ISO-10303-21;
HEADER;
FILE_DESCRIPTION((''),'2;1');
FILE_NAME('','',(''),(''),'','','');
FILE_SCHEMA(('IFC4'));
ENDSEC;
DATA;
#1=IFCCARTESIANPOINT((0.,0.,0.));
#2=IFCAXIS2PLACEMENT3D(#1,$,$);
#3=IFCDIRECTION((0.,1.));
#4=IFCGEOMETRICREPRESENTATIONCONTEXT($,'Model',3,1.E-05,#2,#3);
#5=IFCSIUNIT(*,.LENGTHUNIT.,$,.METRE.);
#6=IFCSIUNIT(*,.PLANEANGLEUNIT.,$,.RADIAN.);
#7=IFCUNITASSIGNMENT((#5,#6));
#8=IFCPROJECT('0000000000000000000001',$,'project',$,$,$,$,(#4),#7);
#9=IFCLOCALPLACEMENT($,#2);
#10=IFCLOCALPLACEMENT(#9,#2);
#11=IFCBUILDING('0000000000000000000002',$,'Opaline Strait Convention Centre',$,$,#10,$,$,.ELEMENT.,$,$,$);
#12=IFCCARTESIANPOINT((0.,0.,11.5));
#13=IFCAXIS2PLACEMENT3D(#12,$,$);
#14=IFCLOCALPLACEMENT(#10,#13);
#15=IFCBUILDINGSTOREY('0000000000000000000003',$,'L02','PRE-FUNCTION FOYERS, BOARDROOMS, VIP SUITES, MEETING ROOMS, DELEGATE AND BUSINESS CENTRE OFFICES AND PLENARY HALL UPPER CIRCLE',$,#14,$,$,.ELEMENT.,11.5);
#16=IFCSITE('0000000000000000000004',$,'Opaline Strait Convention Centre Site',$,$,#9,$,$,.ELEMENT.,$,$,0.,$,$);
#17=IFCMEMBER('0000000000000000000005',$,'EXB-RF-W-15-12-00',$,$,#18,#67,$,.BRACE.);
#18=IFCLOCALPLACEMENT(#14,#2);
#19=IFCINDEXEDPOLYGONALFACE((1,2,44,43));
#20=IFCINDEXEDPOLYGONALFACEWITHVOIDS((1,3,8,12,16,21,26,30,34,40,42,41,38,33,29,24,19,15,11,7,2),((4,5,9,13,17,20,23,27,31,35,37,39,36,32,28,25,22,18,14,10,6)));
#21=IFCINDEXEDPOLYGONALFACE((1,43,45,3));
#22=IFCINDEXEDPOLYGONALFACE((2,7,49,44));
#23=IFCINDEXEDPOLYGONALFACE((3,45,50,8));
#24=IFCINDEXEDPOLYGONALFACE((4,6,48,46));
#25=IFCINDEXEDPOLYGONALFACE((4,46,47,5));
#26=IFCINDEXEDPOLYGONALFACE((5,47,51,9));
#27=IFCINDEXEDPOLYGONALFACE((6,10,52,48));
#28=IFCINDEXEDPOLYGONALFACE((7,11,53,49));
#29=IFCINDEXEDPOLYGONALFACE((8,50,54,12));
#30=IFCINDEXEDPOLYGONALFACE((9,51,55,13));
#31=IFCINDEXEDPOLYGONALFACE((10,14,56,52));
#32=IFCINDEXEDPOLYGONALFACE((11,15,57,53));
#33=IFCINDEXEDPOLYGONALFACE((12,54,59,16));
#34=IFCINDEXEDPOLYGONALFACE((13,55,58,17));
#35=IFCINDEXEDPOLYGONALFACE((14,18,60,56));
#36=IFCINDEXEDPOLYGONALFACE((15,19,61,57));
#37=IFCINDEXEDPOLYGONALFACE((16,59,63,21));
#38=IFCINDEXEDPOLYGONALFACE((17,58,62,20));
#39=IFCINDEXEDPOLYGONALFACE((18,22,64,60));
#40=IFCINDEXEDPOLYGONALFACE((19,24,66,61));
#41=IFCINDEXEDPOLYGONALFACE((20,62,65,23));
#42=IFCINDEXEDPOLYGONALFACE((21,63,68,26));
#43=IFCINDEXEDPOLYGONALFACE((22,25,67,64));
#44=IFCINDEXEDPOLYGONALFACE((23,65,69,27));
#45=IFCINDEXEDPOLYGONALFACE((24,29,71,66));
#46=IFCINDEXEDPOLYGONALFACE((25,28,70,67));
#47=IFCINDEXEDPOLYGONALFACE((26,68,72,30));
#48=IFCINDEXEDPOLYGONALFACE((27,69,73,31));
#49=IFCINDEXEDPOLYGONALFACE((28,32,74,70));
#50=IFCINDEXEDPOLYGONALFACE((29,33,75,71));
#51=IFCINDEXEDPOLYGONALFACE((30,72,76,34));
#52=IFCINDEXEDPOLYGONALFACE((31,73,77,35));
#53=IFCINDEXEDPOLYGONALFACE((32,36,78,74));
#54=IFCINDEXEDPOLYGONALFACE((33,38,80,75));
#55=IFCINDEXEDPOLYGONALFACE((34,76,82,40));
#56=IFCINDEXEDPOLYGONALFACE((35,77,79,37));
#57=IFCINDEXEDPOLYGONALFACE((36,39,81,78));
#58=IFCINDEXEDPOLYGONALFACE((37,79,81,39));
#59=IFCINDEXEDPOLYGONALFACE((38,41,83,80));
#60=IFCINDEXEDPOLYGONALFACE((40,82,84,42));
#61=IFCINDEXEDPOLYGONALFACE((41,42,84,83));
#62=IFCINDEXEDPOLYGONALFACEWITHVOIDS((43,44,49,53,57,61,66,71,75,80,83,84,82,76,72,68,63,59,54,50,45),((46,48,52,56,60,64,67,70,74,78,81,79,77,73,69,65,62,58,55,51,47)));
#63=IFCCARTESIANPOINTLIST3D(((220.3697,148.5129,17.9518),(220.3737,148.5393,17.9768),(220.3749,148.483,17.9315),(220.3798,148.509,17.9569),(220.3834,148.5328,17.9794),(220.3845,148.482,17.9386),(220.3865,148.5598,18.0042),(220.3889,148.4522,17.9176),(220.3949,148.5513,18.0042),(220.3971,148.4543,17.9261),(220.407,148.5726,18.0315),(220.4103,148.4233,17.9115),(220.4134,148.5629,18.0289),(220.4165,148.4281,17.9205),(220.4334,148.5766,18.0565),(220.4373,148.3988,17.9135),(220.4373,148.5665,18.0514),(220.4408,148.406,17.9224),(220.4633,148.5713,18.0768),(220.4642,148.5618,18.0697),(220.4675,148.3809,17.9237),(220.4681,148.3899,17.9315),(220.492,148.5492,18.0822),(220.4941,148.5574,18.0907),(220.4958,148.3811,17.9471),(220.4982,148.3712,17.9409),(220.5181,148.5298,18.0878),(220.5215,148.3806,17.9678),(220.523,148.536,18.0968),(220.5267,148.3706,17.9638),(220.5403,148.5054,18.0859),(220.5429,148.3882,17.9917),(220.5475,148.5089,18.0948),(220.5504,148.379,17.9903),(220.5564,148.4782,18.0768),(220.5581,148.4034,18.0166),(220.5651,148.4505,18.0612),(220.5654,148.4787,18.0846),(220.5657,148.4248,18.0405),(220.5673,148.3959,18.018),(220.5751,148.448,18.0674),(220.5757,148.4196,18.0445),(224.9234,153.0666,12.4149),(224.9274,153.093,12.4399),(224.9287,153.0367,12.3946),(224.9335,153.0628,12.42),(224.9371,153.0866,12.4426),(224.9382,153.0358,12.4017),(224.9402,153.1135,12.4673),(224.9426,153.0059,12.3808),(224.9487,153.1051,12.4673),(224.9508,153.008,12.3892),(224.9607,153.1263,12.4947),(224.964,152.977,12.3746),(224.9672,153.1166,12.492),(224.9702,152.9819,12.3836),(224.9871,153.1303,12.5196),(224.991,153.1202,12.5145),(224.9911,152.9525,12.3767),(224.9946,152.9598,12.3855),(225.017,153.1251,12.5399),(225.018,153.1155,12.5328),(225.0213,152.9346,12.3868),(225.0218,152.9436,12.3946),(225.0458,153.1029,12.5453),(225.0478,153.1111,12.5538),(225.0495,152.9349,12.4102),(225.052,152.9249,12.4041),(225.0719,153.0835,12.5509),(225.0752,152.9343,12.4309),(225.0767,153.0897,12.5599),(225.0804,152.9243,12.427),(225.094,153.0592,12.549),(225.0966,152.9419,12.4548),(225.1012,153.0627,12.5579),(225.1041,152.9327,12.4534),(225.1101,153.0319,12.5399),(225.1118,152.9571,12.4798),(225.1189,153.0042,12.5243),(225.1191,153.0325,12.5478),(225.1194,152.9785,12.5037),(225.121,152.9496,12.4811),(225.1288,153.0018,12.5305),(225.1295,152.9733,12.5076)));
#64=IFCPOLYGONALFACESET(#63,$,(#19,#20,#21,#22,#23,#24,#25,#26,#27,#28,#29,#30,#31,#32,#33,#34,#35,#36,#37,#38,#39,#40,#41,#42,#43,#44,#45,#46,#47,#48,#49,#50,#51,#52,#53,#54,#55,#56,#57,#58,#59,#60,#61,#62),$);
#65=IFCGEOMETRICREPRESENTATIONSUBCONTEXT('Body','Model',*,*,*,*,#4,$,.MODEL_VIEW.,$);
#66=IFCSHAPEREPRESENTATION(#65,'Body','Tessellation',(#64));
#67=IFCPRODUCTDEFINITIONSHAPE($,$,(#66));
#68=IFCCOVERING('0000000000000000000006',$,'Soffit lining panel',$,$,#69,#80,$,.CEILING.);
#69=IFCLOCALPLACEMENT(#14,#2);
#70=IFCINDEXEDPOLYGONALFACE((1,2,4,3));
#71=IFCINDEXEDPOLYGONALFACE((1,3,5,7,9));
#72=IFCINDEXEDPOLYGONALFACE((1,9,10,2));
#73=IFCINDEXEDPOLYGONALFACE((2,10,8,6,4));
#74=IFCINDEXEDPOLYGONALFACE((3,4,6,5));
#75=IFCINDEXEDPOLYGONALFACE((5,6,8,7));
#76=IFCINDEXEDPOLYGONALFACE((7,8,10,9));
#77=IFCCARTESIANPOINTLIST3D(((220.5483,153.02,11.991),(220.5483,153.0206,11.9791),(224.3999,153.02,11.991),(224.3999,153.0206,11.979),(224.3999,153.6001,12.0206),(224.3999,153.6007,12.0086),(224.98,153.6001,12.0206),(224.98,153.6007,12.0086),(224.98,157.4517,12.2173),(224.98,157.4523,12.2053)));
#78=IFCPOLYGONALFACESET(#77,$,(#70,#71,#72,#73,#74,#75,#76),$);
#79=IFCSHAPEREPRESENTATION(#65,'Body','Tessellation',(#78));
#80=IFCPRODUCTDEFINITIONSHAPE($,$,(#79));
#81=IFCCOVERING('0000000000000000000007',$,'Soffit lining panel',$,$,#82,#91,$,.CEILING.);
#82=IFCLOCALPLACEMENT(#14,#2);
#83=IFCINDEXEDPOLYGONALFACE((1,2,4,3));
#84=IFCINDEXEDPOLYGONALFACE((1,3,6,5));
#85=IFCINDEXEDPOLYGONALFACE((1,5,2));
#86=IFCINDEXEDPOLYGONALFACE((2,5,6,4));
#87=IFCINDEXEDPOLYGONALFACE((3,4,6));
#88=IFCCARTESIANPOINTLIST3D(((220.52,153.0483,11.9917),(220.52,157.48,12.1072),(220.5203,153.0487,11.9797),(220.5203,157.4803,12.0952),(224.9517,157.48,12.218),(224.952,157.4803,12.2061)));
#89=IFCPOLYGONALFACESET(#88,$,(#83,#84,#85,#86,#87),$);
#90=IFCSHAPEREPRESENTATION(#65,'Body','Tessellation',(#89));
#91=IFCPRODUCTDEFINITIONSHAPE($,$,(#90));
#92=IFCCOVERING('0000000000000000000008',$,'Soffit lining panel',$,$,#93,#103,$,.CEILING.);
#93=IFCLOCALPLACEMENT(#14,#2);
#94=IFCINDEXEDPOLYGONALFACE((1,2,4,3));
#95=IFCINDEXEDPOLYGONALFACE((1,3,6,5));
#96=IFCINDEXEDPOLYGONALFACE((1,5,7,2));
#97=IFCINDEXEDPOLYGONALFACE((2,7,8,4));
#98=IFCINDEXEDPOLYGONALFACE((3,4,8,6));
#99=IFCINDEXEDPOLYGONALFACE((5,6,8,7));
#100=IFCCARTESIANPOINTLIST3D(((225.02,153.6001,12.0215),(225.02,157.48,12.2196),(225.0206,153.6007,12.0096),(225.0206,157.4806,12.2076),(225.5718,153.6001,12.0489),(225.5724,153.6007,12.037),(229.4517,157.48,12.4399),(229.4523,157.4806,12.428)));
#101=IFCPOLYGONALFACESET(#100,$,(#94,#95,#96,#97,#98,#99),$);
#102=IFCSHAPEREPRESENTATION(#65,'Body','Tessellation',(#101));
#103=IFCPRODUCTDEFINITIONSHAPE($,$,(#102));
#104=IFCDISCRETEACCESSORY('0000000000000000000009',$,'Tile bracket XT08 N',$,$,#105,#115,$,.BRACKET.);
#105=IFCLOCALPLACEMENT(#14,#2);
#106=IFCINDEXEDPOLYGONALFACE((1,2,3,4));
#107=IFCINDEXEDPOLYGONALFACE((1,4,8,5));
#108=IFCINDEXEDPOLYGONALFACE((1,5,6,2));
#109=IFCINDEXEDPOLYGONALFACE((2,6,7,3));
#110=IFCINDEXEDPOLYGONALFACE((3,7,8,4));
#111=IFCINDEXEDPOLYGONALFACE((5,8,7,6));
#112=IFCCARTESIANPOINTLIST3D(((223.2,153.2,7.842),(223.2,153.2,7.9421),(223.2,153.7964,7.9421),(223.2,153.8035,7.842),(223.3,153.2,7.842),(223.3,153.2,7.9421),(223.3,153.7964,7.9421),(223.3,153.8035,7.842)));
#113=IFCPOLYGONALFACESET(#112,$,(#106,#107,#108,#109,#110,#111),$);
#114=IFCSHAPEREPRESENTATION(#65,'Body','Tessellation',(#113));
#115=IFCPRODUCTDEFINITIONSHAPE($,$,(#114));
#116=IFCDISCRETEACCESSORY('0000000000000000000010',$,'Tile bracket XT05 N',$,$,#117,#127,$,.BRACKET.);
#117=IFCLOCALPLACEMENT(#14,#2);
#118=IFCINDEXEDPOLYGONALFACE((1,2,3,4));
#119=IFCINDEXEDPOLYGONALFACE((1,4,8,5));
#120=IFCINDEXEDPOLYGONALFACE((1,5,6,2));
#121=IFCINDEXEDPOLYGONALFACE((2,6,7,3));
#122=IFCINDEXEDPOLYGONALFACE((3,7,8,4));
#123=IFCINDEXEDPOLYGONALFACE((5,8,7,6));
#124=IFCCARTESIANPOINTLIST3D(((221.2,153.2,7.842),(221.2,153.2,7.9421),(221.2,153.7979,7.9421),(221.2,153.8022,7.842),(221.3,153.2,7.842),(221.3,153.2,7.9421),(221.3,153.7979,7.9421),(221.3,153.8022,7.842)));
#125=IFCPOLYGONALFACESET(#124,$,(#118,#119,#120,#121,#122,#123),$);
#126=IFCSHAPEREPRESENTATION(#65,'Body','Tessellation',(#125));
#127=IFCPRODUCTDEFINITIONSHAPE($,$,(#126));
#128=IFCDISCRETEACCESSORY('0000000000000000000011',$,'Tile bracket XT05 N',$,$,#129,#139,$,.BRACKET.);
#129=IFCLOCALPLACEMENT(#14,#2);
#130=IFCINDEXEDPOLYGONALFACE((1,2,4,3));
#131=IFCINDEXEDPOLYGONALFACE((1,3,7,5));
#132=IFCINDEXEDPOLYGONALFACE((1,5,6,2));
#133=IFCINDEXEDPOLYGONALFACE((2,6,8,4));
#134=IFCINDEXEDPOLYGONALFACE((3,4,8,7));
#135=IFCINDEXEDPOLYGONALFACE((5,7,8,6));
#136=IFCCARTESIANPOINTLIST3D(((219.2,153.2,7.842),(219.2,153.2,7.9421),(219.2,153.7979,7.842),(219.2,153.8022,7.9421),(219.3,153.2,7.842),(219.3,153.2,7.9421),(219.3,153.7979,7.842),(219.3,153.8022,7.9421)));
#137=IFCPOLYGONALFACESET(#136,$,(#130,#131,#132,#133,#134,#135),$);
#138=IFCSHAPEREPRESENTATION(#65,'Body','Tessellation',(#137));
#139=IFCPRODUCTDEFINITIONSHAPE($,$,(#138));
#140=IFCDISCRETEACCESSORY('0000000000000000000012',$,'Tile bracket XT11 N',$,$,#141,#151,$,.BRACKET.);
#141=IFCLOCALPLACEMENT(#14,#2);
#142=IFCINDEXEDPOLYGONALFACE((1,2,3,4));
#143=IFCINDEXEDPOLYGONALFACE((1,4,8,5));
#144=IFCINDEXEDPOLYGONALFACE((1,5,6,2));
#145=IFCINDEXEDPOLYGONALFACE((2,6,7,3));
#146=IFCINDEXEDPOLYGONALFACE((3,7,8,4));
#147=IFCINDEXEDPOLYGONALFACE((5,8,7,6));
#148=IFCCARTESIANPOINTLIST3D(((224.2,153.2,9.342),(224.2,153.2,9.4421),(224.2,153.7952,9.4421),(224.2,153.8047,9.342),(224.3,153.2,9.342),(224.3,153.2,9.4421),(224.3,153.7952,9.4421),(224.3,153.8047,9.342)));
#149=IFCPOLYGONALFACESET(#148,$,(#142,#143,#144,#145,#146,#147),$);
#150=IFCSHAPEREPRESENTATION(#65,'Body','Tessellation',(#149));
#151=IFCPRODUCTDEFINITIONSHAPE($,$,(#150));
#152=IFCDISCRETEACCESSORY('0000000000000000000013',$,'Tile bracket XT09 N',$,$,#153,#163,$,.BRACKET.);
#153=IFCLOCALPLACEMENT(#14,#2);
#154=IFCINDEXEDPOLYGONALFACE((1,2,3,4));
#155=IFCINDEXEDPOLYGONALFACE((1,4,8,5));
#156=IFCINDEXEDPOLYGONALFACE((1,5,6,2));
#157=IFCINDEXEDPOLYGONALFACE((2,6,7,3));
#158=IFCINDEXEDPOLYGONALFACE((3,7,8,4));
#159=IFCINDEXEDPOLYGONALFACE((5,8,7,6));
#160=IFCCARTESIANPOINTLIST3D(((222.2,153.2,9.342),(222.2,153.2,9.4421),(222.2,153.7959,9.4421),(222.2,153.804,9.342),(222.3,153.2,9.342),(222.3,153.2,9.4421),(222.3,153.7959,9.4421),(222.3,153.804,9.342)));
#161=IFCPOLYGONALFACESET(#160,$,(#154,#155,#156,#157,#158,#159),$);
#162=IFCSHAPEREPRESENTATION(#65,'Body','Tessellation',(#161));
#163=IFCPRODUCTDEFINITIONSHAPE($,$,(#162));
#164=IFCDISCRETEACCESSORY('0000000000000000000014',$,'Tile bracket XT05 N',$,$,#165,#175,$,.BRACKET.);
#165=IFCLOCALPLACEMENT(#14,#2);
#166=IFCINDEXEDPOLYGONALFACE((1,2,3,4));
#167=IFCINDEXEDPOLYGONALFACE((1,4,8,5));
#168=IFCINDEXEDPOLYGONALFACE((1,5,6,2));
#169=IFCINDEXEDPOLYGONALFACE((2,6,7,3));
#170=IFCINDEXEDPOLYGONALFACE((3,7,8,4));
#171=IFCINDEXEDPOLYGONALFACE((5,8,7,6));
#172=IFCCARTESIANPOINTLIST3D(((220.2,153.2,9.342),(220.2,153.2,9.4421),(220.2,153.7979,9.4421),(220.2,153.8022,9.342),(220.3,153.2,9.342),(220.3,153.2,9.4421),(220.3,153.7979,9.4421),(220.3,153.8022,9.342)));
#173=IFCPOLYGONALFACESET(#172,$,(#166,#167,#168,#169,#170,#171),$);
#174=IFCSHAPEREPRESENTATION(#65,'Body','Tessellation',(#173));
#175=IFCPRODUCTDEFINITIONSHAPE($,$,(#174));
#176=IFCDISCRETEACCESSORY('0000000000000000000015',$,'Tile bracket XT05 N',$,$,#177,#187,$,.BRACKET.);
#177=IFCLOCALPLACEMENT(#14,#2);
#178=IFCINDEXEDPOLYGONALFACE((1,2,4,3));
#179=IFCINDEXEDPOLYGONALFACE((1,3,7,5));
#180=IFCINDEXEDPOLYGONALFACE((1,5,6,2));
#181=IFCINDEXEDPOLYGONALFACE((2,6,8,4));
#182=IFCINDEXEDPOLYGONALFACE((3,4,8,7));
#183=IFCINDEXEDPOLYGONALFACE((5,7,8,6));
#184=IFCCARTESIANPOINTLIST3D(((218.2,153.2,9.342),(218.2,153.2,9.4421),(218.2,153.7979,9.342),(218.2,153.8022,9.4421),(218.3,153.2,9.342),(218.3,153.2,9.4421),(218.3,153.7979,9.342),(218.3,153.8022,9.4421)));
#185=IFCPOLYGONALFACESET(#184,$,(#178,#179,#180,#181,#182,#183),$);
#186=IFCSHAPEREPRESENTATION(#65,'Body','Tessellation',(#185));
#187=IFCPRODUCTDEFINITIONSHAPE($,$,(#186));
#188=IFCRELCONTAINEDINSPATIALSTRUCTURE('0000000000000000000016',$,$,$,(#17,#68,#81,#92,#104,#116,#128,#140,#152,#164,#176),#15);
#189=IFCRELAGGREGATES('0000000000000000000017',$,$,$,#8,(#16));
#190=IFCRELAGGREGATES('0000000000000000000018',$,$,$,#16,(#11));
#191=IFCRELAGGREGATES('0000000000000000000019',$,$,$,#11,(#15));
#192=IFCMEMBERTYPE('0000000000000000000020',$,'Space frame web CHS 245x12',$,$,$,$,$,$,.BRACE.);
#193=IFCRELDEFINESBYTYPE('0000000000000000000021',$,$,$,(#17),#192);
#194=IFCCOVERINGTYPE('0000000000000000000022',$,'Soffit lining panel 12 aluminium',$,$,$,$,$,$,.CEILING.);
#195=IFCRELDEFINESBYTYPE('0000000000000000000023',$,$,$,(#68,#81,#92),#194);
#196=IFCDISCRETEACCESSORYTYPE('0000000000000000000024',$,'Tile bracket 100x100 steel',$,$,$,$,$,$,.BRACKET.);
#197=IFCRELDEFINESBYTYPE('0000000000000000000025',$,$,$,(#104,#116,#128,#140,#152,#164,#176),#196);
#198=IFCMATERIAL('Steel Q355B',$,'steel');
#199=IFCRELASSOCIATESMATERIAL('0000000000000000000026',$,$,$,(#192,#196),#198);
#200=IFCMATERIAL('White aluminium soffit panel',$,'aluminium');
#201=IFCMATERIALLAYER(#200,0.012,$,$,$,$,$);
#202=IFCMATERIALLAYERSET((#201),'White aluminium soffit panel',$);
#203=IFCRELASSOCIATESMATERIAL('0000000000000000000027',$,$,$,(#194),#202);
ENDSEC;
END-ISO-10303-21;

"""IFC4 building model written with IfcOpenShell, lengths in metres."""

from ifc_helpers import new_model, si_unit, direction, frame, origin, origin_2d, place, context, subcontext, project, spatial, polyline, hollow_circle, outline, extrude, material, layer, layer_set, material_profile, profile_set, type_object, element, save


model = new_model("IFC4")

# Units and contexts
model_context = context("Model", 3, precision=1e-05, world=origin(), true_north=direction((0.0, 1.0)))
body_context = subcontext(model_context, "Body", "Model", "MODEL_VIEW")
ifc_project = project(units=[si_unit("LENGTHUNIT", "METRE"), si_unit("PLANEANGLEUNIT", "RADIAN")], contexts=[model_context])

# Site, building, storey
site_placement = place(None, origin())
site = spatial("IfcSite", under=ifc_project, at=site_placement, Name="Opaline Strait Convention Centre Site", CompositionType="ELEMENT", RefElevation=0.0)
building_placement = place(site_placement, origin())
building = spatial("IfcBuilding", under=site, at=building_placement, Name="Opaline Strait Convention Centre", CompositionType="ELEMENT")
storey_placement = place(building_placement, frame((0.0, 0.0, 11.5)))
storey = spatial("IfcBuildingStorey", under=building, at=storey_placement, Name="L02", Description="PRE-FUNCTION FOYERS, BOARDROOMS, VIP SUITES, MEETING ROOMS, DELEGATE AND BUSINESS CENTRE OFFICES AND PLENARY HALL UPPER CIRCLE", CompositionType="ELEMENT", Elevation=11.5)

# Member
ifc_material_1 = material(Name="Steel Q355B", Category="steel")
ifc_material_profile_1 = material_profile(ifc_material_1, hollow_circle(Radius=0.1226, WallThickness=0.012, at=origin_2d()), Name="CHS 245x12")
ifc_profile_set_1 = profile_set([ifc_material_profile_1], Name="Steel Q355B")
member_type_1 = type_object("IfcMemberType", Name="Space frame web CHS 245x12", PredefinedType="BRACE", material=ifc_profile_set_1)
for number, where, z_axis, x_axis, name in (
    (1, (220.4731, 148.4731, 18.0042), (0.536178, 0.536178, -0.65194), (-0.707107, 0.707107, 0.0), "EXB-RF-W-15-12-00"),
):
    element("IfcMember", number, at=place(storey_placement, frame(where, z_axis=z_axis, x_axis=x_axis)), inside=storey, type_object=member_type_1, Name=name, PredefinedType="BRACE", context=body_context, shape_type="SweptSolid", body=[
        extrude(hollow_circle(Radius=0.1226, WallThickness=0.012, at=origin_2d()), origin(), (0.0, 0.0, 1.0), 8.4929),
    ])

# Coverings
ifc_material_2 = material(Name="White aluminium soffit panel", Category="aluminium")
ifc_layer = layer(ifc_material_2, 0.012)
ifc_layer_set = layer_set([ifc_layer], Name="White aluminium soffit panel")
covering_type = type_object("IfcCoveringType", Name="Soffit lining panel 12 aluminium", PredefinedType="CEILING", material=ifc_layer_set)
covering_1_placement = place(storey_placement, frame((224.3999, 153.02, 11.991), z_axis=(0.000019, -0.051007, 0.998698), x_axis=(-1.0, -0.000001, 0.000019)))
element("IfcCovering", 2, at=covering_1_placement, inside=storey, type_object=covering_type, Name="Soffit lining panel", PredefinedType="CEILING", context=body_context, shape_type="SweptSolid", body=[
    extrude(outline(polyline([(0.0, 0.0), (3.8516, 0.0), (-0.5801, -4.4374), (-0.5801, -0.5808), (0.0, -0.5808), (0.0, 0.0)])), origin(), (0.0, 0.0, -1.0), 0.012),
])
covering_2_placement = place(storey_placement, frame((220.52, 153.0483, 11.9917), z_axis=(-0.024995, -0.026041, 0.999348), x_axis=(0.0, 0.999661, 0.026049)))
element("IfcCovering", 3, at=covering_2_placement, inside=storey, type_object=covering_type, Name="Soffit lining panel", PredefinedType="CEILING", context=body_context, shape_type="SweptSolid", body=[
    extrude(outline(polyline([(0.0, 0.0), (4.4331, 0.0), (4.436, -4.433), (0.0, 0.0)])), origin(), (0.0, 0.0, -1.0), 0.012),
])
covering_3_placement = place(storey_placement, frame((225.02, 153.6001, 12.0215), z_axis=(-0.0496, -0.050927, 0.99747), x_axis=(0.000002, 0.998699, 0.05099)))
element("IfcCovering", 4, at=covering_3_placement, inside=storey, type_object=covering_type, Name="Soffit lining panel", PredefinedType="CEILING", context=body_context, shape_type="SweptSolid", body=[
    extrude(outline(polyline([(0.0, 0.0), (3.8849, 0.0), (3.8962, -4.4371), (0.0014, -0.5524), (0.0, 0.0)])), origin(), (0.0, 0.0, -1.0), 0.012),
])

# Discrete accessories
discrete_accessory_type = type_object("IfcDiscreteAccessoryType", Name="Tile bracket 100x100 steel", PredefinedType="BRACKET", material=ifc_material_1)
discrete_accessory_1_placement = place(storey_placement, frame((223.3, 153.2, 7.8921), z_axis=(-1.0, 0.0, 0.0), x_axis=(0.0, -1.0, 0.0)))
element("IfcDiscreteAccessory", 5, at=discrete_accessory_1_placement, inside=storey, type_object=discrete_accessory_type, Name="Tile bracket XT08 N", PredefinedType="BRACKET", context=body_context, shape_type="SweptSolid", body=[
    extrude(outline(polyline([(0.0, -0.05), (0.0, 0.05), (-0.5964, 0.05), (-0.6035, -0.05), (0.0, -0.05)])), origin(), (0.0, 0.0, 1.0), 0.1001),
])
discrete_accessory_2_placement = place(storey_placement, frame((221.3, 153.2, 7.8921), z_axis=(-1.0, 0.0, 0.0), x_axis=(0.0, -1.0, 0.0)))
element("IfcDiscreteAccessory", 6, at=discrete_accessory_2_placement, inside=storey, type_object=discrete_accessory_type, Name="Tile bracket XT05 N", PredefinedType="BRACKET", context=body_context, shape_type="SweptSolid", body=[
    extrude(outline(polyline([(0.0, -0.05), (0.0, 0.05), (-0.5979, 0.05), (-0.6023, -0.05), (0.0, -0.05)])), origin(), (0.0, 0.0, 1.0), 0.1001),
])
discrete_accessory_3_placement = place(storey_placement, frame((219.3, 153.2, 7.8921), z_axis=(-1.0, 0.0, 0.0), x_axis=(0.0, -1.0, 0.0)))
element("IfcDiscreteAccessory", 7, at=discrete_accessory_3_placement, inside=storey, type_object=discrete_accessory_type, Name="Tile bracket XT05 N", PredefinedType="BRACKET", context=body_context, shape_type="SweptSolid", body=[
    extrude(outline(polyline([(0.0, -0.05), (0.0, 0.05), (-0.6023, 0.05), (-0.5979, -0.05), (0.0, -0.05)])), origin(), (0.0, 0.0, 1.0), 0.1001),
])
discrete_accessory_4_placement = place(storey_placement, frame((224.3, 153.2, 9.3921), z_axis=(-1.0, 0.0, 0.0), x_axis=(0.0, -1.0, 0.0)))
element("IfcDiscreteAccessory", 8, at=discrete_accessory_4_placement, inside=storey, type_object=discrete_accessory_type, Name="Tile bracket XT11 N", PredefinedType="BRACKET", context=body_context, shape_type="SweptSolid", body=[
    extrude(outline(polyline([(0.0, -0.05), (0.0, 0.05), (-0.5952, 0.05), (-0.6047, -0.05), (0.0, -0.05)])), origin(), (0.0, 0.0, 1.0), 0.1001),
])
discrete_accessory_5_placement = place(storey_placement, frame((222.3, 153.2, 9.3921), z_axis=(-1.0, 0.0, 0.0), x_axis=(0.0, -1.0, 0.0)))
element("IfcDiscreteAccessory", 9, at=discrete_accessory_5_placement, inside=storey, type_object=discrete_accessory_type, Name="Tile bracket XT09 N", PredefinedType="BRACKET", context=body_context, shape_type="SweptSolid", body=[
    extrude(outline(polyline([(0.0, -0.05), (0.0, 0.05), (-0.5959, 0.05), (-0.604, -0.05), (0.0, -0.05)])), origin(), (0.0, 0.0, 1.0), 0.1001),
])
discrete_accessory_6_placement = place(storey_placement, frame((220.3, 153.2, 9.3921), z_axis=(-1.0, 0.0, 0.0), x_axis=(0.0, -1.0, 0.0)))
element("IfcDiscreteAccessory", 10, at=discrete_accessory_6_placement, inside=storey, type_object=discrete_accessory_type, Name="Tile bracket XT05 N", PredefinedType="BRACKET", context=body_context, shape_type="SweptSolid", body=[
    extrude(outline(polyline([(0.0, -0.05), (0.0, 0.05), (-0.5979, 0.05), (-0.6023, -0.05), (0.0, -0.05)])), origin(), (0.0, 0.0, 1.0), 0.1001),
])
discrete_accessory_7_placement = place(storey_placement, frame((218.3, 153.2, 9.3921), z_axis=(-1.0, 0.0, 0.0), x_axis=(0.0, -1.0, 0.0)))
element("IfcDiscreteAccessory", 11, at=discrete_accessory_7_placement, inside=storey, type_object=discrete_accessory_type, Name="Tile bracket XT05 N", PredefinedType="BRACKET", context=body_context, shape_type="SweptSolid", body=[
    extrude(outline(polyline([(0.0, -0.05), (0.0, 0.05), (-0.6023, 0.05), (-0.5979, -0.05), (0.0, -0.05)])), origin(), (0.0, 0.0, 1.0), 0.1001),
])

save(model, "model.ifc")
